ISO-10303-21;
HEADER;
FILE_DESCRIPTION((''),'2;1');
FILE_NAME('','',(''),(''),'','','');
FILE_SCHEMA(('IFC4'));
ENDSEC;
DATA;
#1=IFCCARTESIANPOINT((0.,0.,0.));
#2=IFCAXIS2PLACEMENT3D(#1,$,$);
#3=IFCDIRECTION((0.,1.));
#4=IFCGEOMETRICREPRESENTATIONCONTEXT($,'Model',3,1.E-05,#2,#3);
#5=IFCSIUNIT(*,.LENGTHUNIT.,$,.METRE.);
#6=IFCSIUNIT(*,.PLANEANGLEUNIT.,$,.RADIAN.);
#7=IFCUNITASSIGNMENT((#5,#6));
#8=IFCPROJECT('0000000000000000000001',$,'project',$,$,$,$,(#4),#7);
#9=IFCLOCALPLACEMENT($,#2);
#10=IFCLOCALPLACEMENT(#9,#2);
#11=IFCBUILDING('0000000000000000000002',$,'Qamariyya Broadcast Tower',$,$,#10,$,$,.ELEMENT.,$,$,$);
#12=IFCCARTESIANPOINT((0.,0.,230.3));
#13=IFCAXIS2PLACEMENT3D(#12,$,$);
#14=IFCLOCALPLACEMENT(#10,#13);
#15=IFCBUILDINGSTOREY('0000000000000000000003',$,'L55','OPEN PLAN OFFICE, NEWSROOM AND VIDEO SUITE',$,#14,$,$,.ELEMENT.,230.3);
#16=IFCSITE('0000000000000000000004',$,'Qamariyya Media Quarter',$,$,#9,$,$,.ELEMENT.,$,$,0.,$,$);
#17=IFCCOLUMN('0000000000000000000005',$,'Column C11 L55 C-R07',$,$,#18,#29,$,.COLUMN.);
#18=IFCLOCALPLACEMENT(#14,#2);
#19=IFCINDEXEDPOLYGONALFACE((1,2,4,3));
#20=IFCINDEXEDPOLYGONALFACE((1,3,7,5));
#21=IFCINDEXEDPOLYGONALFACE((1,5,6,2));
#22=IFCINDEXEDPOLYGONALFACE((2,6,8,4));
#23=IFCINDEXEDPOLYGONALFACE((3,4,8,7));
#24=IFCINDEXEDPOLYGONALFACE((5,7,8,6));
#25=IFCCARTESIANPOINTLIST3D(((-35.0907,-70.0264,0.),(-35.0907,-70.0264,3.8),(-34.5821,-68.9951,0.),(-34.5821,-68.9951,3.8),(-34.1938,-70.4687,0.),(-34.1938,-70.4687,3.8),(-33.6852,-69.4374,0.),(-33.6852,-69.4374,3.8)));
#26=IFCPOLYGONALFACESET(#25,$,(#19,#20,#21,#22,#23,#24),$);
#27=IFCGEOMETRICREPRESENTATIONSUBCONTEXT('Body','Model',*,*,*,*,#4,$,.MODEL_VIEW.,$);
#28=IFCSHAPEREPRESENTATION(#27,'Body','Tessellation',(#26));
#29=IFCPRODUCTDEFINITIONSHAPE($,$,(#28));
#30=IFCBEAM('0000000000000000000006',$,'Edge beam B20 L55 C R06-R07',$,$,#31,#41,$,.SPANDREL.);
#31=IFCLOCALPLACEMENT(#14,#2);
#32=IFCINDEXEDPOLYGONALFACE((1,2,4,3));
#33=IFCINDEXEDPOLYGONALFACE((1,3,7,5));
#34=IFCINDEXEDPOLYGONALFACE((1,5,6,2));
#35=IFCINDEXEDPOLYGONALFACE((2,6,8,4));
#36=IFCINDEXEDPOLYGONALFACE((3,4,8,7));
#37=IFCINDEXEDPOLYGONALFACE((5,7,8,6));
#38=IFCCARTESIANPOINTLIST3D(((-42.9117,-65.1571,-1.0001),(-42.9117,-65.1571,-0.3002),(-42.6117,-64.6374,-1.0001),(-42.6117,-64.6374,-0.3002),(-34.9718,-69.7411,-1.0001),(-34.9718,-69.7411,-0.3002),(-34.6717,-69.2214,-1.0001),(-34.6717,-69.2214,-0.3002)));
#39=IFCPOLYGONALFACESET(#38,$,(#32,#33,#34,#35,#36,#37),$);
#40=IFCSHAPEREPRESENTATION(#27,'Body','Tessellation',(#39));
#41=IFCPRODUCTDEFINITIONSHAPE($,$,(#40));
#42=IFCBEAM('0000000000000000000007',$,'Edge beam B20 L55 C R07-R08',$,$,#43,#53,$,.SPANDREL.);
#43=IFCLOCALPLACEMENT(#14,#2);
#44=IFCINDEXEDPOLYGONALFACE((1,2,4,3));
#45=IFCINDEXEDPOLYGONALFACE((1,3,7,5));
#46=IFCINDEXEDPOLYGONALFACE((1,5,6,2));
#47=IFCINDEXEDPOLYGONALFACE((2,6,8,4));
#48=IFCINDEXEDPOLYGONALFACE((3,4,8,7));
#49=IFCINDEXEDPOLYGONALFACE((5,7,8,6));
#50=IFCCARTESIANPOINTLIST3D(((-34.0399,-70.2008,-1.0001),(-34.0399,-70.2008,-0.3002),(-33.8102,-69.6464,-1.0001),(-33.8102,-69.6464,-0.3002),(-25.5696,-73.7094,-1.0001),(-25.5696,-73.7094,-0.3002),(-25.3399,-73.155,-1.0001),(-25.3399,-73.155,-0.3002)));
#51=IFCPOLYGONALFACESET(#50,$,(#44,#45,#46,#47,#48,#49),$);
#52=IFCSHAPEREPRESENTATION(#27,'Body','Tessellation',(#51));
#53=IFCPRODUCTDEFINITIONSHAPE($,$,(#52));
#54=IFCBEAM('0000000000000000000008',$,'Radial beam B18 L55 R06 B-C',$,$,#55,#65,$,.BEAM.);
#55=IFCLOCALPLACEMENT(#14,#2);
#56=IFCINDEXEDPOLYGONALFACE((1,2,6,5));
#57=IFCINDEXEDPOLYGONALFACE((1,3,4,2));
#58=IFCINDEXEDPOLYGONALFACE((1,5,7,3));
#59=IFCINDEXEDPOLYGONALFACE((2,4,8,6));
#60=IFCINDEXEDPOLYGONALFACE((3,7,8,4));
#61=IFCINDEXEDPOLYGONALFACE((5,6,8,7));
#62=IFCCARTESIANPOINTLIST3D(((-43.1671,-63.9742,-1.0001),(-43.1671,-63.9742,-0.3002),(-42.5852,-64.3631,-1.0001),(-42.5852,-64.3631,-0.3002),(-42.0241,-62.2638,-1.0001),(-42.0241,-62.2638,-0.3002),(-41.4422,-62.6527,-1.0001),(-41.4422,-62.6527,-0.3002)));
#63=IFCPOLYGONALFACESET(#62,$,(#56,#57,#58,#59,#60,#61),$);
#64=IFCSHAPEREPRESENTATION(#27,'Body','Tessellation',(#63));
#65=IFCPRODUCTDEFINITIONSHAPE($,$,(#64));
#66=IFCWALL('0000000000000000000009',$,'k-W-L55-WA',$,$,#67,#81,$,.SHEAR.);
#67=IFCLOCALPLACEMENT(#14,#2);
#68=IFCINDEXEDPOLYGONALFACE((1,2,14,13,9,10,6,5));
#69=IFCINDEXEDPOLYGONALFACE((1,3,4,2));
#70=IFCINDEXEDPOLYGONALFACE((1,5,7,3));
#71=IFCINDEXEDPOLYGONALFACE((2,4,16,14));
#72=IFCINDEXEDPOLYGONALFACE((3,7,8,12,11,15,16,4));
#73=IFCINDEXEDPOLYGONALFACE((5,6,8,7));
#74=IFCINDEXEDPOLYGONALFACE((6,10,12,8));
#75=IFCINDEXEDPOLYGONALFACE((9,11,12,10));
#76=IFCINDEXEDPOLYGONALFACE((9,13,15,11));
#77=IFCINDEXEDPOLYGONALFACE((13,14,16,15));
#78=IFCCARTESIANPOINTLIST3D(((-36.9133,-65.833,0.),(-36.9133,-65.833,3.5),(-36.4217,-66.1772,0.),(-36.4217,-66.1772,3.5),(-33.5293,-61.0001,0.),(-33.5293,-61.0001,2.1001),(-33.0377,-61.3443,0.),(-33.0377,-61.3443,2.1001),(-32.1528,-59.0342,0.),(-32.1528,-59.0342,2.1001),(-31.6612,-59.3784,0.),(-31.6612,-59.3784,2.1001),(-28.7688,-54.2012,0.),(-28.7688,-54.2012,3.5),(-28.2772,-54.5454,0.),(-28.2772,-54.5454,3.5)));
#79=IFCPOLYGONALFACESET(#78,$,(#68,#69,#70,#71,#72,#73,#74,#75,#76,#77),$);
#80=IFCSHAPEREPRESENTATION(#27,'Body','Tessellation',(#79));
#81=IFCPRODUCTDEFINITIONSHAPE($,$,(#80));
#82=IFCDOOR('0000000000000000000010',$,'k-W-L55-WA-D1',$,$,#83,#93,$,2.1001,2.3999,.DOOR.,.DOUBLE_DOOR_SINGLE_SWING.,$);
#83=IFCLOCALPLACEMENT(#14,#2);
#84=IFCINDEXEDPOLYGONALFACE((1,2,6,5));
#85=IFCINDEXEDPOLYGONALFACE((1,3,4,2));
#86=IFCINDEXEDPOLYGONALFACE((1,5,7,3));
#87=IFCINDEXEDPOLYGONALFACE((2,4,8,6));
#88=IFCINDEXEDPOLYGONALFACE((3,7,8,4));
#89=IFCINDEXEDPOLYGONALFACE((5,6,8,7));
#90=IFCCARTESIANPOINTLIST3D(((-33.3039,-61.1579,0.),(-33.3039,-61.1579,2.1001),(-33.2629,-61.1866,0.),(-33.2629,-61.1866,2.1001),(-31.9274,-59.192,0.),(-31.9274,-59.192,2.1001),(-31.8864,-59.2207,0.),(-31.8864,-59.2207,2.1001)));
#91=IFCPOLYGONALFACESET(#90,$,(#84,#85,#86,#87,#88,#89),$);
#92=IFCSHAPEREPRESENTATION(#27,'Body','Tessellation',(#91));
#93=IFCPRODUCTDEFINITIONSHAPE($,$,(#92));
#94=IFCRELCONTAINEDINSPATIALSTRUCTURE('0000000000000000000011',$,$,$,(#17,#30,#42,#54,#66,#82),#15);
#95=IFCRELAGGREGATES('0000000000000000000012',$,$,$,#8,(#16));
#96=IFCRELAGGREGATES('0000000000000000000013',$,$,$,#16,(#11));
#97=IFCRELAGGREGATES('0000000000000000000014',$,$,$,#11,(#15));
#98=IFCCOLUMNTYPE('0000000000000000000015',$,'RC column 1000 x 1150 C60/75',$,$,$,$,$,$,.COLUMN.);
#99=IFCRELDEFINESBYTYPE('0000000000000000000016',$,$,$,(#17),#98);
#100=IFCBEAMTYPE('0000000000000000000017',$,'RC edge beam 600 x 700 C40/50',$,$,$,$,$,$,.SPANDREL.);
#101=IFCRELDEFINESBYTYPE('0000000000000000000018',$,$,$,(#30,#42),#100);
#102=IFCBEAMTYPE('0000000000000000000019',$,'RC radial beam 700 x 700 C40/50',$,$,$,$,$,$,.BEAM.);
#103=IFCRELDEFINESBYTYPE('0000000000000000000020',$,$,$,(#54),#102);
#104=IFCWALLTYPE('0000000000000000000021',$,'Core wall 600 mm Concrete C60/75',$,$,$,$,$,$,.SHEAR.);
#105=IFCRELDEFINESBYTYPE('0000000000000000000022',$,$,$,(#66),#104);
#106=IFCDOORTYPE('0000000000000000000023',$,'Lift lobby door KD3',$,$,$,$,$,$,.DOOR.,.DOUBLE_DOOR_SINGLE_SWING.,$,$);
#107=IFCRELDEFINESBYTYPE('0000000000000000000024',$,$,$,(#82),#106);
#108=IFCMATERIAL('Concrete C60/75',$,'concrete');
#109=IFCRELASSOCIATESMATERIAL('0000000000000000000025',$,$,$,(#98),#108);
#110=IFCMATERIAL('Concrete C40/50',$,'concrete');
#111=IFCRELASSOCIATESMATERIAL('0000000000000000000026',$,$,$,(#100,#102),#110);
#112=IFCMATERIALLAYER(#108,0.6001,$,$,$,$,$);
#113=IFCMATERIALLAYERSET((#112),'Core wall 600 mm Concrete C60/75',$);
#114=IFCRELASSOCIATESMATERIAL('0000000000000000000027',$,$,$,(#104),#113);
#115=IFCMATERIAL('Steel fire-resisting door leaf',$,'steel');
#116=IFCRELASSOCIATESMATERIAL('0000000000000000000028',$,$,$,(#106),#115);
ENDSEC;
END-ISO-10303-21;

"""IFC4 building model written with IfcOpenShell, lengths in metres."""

from ifc_helpers import new_model, si_unit, direction, frame, frame_2d, origin, origin_2d, place, context, subcontext, project, spatial, rectangle, extrude, material, layer, layer_set, material_profile, profile_set, type_object, element, fill, save


model = new_model("IFC4")

# Units and contexts
model_context = context("Model", 3, precision=1e-05, world=origin(), true_north=direction((0.0, 1.0)))
body_context = subcontext(model_context, "Body", "Model", "MODEL_VIEW")
ifc_project = project(units=[si_unit("LENGTHUNIT", "METRE"), si_unit("PLANEANGLEUNIT", "RADIAN")], contexts=[model_context])

# Site, building, storey
site_placement = place(None, origin())
site = spatial("IfcSite", under=ifc_project, at=site_placement, Name="Qamariyya Media Quarter", CompositionType="ELEMENT", RefElevation=0.0)
building_placement = place(site_placement, origin())
building = spatial("IfcBuilding", under=site, at=building_placement, Name="Qamariyya Broadcast Tower", CompositionType="ELEMENT")
storey_placement = place(building_placement, frame((0.0, 0.0, 230.3)))
storey = spatial("IfcBuildingStorey", under=building, at=storey_placement, Name="L55", Description="OPEN PLAN OFFICE, NEWSROOM AND VIDEO SUITE", CompositionType="ELEMENT", Elevation=230.3)

# Column
ifc_material_1 = material(Name="Concrete C60/75", Category="concrete")
ifc_material_profile_1 = material_profile(ifc_material_1, rectangle(XDim=1.0, YDim=1.1499, at=origin_2d()))
ifc_profile_set_1 = profile_set([ifc_material_profile_1], Name="Concrete C60/75")
column_type = type_object("IfcColumnType", Name="RC column 1000 x 1150 C60/75", PredefinedType="COLUMN", material=ifc_profile_set_1)
column_placement = place(storey_placement, frame((-34.3879, -69.7319, 0.0), z_axis=(0.0, 0.0, 1.0), x_axis=(0.896873, -0.442289, 0.0)))
element("IfcColumn", 1, at=column_placement, inside=storey, type_object=column_type, Name="Column C11 L55 C-R07", PredefinedType="COLUMN", context=body_context, shape_type="SweptSolid", body=[
    extrude(rectangle(XDim=1.0, YDim=1.1499, at=origin_2d()), origin(), (0.0, 0.0, 1.0), 3.8),
])

# Beams
ifc_material_2 = material(Name="Concrete C40/50", Category="concrete")
ifc_material_profile_2 = material_profile(ifc_material_2, rectangle(XDim=0.6001, YDim=0.7, at=origin_2d()))
ifc_profile_set_2 = profile_set([ifc_material_profile_2], Name="Concrete C40/50")
beam_type_1 = type_object("IfcBeamType", Name="RC edge beam 600 x 700 C40/50", PredefinedType="SPANDREL", material=ifc_profile_set_2)
for number, where, z_axis, x_axis, name in (
    (2, (-42.7617, -64.8972, -0.6501), (0.866032, -0.499988, 0.0), (0.499988, 0.866032, 0.0), "Edge beam B20 L55 C R06-R07"),
    (3, (-33.925, -69.9236, -0.6501), (0.923877, -0.38269, 0.0), (0.38269, 0.923877, 0.0), "Edge beam B20 L55 C R07-R08"),
):
    element("IfcBeam", number, at=place(storey_placement, frame(where, z_axis=z_axis, x_axis=x_axis)), inside=storey, type_object=beam_type_1, Name=name, PredefinedType="SPANDREL", context=body_context, shape_type="SweptSolid", body=[
        extrude(rectangle(XDim=0.6001, YDim=0.7, at=origin_2d()), origin(), (0.0, 0.0, 1.0), 9.1682),
    ])
ifc_material_profile_3 = material_profile(ifc_material_2, rectangle(XDim=0.7, YDim=0.7, at=origin_2d()))
ifc_profile_set_3 = profile_set([ifc_material_profile_3], Name="Concrete C40/50")
beam_type_2 = type_object("IfcBeamType", Name="RC radial beam 700 x 700 C40/50", PredefinedType="BEAM", material=ifc_profile_set_3)
beam_placement = place(storey_placement, frame((-41.7332, -62.4583, -0.6501), z_axis=(-0.555631, -0.831429, 0.0), x_axis=(0.831429, -0.555631, 0.0)))
element("IfcBeam", 4, at=beam_placement, inside=storey, type_object=beam_type_2, Name="Radial beam B18 L55 R06 B-C", PredefinedType="BEAM", context=body_context, shape_type="SweptSolid", body=[
    extrude(rectangle(XDim=0.7, YDim=0.7, at=origin_2d()), origin(), (0.0, 0.0, 1.0), 2.0571),
])

# Wall, opening, door
ifc_layer_1 = layer(ifc_material_1, 0.6001)
ifc_layer_set_1 = layer_set([ifc_layer_1], Name="Core wall 600 mm Concrete C60/75")
wall_type_1 = type_object("IfcWallType", Name="Core wall 600 mm Concrete C60/75", PredefinedType="SHEAR", material=ifc_layer_set_1)
wall_1_placement = place(storey_placement, frame((-36.6675, -66.0051, 0.0), z_axis=(0.0, 0.0, 1.0), x_axis=(0.573568, 0.819158, 0.0)))
wall_1 = element("IfcWall", 5, at=wall_1_placement, inside=storey, type_object=wall_type_1, Name="k-W-L55-WA", PredefinedType="SHEAR", context=body_context, shape_type="SweptSolid", body=[
    extrude(rectangle(XDim=14.1997, YDim=0.6001, at=frame_2d((7.0999, 0.0))), origin(), (0.0, 0.0, 1.0), 3.5),
])
opening_1_placement = place(wall_1_placement, frame((5.8999, 0.0, 0.0)))
opening_1 = element("IfcOpeningElement", 6, at=opening_1_placement, cuts=wall_1, PredefinedType="OPENING", context=body_context, shape_type="SweptSolid", body=[
    extrude(rectangle(XDim=2.3999, YDim=2.1001, at=frame_2d((1.2, 1.05))), frame((0.0, 0.3101, 0.0), z_axis=(0.0, -1.0, 0.0), x_axis=(1.0, 0.0, 0.0)), (0.0, 0.0, 1.0), 0.6201),
])
ifc_material_3 = material(Name="Steel fire-resisting door leaf", Category="steel")
door_type_1 = type_object("IfcDoorType", Name="Lift lobby door KD3", OperationType="DOUBLE_DOOR_SINGLE_SWING", PredefinedType="DOOR", material=ifc_material_3)
door_1_placement = place(opening_1_placement, origin())
door_1 = element("IfcDoor", 7, at=door_1_placement, inside=storey, type_object=door_type_1, Name="k-W-L55-WA-D1", OperationType="DOUBLE_DOOR_SINGLE_SWING", OverallHeight=2.1001, OverallWidth=2.3999, PredefinedType="DOOR", context=body_context, shape_type="SweptSolid", body=[
    extrude(rectangle(XDim=2.3999, YDim=2.1001, at=frame_2d((1.2, 1.05))), frame((0.0, 0.0249, 0.0), z_axis=(0.0, -1.0, 0.0), x_axis=(1.0, 0.0, 0.0)), (0.0, 0.0, 1.0), 0.05),
])
fill(opening_1, door_1)

save(model, "model.ifc")
